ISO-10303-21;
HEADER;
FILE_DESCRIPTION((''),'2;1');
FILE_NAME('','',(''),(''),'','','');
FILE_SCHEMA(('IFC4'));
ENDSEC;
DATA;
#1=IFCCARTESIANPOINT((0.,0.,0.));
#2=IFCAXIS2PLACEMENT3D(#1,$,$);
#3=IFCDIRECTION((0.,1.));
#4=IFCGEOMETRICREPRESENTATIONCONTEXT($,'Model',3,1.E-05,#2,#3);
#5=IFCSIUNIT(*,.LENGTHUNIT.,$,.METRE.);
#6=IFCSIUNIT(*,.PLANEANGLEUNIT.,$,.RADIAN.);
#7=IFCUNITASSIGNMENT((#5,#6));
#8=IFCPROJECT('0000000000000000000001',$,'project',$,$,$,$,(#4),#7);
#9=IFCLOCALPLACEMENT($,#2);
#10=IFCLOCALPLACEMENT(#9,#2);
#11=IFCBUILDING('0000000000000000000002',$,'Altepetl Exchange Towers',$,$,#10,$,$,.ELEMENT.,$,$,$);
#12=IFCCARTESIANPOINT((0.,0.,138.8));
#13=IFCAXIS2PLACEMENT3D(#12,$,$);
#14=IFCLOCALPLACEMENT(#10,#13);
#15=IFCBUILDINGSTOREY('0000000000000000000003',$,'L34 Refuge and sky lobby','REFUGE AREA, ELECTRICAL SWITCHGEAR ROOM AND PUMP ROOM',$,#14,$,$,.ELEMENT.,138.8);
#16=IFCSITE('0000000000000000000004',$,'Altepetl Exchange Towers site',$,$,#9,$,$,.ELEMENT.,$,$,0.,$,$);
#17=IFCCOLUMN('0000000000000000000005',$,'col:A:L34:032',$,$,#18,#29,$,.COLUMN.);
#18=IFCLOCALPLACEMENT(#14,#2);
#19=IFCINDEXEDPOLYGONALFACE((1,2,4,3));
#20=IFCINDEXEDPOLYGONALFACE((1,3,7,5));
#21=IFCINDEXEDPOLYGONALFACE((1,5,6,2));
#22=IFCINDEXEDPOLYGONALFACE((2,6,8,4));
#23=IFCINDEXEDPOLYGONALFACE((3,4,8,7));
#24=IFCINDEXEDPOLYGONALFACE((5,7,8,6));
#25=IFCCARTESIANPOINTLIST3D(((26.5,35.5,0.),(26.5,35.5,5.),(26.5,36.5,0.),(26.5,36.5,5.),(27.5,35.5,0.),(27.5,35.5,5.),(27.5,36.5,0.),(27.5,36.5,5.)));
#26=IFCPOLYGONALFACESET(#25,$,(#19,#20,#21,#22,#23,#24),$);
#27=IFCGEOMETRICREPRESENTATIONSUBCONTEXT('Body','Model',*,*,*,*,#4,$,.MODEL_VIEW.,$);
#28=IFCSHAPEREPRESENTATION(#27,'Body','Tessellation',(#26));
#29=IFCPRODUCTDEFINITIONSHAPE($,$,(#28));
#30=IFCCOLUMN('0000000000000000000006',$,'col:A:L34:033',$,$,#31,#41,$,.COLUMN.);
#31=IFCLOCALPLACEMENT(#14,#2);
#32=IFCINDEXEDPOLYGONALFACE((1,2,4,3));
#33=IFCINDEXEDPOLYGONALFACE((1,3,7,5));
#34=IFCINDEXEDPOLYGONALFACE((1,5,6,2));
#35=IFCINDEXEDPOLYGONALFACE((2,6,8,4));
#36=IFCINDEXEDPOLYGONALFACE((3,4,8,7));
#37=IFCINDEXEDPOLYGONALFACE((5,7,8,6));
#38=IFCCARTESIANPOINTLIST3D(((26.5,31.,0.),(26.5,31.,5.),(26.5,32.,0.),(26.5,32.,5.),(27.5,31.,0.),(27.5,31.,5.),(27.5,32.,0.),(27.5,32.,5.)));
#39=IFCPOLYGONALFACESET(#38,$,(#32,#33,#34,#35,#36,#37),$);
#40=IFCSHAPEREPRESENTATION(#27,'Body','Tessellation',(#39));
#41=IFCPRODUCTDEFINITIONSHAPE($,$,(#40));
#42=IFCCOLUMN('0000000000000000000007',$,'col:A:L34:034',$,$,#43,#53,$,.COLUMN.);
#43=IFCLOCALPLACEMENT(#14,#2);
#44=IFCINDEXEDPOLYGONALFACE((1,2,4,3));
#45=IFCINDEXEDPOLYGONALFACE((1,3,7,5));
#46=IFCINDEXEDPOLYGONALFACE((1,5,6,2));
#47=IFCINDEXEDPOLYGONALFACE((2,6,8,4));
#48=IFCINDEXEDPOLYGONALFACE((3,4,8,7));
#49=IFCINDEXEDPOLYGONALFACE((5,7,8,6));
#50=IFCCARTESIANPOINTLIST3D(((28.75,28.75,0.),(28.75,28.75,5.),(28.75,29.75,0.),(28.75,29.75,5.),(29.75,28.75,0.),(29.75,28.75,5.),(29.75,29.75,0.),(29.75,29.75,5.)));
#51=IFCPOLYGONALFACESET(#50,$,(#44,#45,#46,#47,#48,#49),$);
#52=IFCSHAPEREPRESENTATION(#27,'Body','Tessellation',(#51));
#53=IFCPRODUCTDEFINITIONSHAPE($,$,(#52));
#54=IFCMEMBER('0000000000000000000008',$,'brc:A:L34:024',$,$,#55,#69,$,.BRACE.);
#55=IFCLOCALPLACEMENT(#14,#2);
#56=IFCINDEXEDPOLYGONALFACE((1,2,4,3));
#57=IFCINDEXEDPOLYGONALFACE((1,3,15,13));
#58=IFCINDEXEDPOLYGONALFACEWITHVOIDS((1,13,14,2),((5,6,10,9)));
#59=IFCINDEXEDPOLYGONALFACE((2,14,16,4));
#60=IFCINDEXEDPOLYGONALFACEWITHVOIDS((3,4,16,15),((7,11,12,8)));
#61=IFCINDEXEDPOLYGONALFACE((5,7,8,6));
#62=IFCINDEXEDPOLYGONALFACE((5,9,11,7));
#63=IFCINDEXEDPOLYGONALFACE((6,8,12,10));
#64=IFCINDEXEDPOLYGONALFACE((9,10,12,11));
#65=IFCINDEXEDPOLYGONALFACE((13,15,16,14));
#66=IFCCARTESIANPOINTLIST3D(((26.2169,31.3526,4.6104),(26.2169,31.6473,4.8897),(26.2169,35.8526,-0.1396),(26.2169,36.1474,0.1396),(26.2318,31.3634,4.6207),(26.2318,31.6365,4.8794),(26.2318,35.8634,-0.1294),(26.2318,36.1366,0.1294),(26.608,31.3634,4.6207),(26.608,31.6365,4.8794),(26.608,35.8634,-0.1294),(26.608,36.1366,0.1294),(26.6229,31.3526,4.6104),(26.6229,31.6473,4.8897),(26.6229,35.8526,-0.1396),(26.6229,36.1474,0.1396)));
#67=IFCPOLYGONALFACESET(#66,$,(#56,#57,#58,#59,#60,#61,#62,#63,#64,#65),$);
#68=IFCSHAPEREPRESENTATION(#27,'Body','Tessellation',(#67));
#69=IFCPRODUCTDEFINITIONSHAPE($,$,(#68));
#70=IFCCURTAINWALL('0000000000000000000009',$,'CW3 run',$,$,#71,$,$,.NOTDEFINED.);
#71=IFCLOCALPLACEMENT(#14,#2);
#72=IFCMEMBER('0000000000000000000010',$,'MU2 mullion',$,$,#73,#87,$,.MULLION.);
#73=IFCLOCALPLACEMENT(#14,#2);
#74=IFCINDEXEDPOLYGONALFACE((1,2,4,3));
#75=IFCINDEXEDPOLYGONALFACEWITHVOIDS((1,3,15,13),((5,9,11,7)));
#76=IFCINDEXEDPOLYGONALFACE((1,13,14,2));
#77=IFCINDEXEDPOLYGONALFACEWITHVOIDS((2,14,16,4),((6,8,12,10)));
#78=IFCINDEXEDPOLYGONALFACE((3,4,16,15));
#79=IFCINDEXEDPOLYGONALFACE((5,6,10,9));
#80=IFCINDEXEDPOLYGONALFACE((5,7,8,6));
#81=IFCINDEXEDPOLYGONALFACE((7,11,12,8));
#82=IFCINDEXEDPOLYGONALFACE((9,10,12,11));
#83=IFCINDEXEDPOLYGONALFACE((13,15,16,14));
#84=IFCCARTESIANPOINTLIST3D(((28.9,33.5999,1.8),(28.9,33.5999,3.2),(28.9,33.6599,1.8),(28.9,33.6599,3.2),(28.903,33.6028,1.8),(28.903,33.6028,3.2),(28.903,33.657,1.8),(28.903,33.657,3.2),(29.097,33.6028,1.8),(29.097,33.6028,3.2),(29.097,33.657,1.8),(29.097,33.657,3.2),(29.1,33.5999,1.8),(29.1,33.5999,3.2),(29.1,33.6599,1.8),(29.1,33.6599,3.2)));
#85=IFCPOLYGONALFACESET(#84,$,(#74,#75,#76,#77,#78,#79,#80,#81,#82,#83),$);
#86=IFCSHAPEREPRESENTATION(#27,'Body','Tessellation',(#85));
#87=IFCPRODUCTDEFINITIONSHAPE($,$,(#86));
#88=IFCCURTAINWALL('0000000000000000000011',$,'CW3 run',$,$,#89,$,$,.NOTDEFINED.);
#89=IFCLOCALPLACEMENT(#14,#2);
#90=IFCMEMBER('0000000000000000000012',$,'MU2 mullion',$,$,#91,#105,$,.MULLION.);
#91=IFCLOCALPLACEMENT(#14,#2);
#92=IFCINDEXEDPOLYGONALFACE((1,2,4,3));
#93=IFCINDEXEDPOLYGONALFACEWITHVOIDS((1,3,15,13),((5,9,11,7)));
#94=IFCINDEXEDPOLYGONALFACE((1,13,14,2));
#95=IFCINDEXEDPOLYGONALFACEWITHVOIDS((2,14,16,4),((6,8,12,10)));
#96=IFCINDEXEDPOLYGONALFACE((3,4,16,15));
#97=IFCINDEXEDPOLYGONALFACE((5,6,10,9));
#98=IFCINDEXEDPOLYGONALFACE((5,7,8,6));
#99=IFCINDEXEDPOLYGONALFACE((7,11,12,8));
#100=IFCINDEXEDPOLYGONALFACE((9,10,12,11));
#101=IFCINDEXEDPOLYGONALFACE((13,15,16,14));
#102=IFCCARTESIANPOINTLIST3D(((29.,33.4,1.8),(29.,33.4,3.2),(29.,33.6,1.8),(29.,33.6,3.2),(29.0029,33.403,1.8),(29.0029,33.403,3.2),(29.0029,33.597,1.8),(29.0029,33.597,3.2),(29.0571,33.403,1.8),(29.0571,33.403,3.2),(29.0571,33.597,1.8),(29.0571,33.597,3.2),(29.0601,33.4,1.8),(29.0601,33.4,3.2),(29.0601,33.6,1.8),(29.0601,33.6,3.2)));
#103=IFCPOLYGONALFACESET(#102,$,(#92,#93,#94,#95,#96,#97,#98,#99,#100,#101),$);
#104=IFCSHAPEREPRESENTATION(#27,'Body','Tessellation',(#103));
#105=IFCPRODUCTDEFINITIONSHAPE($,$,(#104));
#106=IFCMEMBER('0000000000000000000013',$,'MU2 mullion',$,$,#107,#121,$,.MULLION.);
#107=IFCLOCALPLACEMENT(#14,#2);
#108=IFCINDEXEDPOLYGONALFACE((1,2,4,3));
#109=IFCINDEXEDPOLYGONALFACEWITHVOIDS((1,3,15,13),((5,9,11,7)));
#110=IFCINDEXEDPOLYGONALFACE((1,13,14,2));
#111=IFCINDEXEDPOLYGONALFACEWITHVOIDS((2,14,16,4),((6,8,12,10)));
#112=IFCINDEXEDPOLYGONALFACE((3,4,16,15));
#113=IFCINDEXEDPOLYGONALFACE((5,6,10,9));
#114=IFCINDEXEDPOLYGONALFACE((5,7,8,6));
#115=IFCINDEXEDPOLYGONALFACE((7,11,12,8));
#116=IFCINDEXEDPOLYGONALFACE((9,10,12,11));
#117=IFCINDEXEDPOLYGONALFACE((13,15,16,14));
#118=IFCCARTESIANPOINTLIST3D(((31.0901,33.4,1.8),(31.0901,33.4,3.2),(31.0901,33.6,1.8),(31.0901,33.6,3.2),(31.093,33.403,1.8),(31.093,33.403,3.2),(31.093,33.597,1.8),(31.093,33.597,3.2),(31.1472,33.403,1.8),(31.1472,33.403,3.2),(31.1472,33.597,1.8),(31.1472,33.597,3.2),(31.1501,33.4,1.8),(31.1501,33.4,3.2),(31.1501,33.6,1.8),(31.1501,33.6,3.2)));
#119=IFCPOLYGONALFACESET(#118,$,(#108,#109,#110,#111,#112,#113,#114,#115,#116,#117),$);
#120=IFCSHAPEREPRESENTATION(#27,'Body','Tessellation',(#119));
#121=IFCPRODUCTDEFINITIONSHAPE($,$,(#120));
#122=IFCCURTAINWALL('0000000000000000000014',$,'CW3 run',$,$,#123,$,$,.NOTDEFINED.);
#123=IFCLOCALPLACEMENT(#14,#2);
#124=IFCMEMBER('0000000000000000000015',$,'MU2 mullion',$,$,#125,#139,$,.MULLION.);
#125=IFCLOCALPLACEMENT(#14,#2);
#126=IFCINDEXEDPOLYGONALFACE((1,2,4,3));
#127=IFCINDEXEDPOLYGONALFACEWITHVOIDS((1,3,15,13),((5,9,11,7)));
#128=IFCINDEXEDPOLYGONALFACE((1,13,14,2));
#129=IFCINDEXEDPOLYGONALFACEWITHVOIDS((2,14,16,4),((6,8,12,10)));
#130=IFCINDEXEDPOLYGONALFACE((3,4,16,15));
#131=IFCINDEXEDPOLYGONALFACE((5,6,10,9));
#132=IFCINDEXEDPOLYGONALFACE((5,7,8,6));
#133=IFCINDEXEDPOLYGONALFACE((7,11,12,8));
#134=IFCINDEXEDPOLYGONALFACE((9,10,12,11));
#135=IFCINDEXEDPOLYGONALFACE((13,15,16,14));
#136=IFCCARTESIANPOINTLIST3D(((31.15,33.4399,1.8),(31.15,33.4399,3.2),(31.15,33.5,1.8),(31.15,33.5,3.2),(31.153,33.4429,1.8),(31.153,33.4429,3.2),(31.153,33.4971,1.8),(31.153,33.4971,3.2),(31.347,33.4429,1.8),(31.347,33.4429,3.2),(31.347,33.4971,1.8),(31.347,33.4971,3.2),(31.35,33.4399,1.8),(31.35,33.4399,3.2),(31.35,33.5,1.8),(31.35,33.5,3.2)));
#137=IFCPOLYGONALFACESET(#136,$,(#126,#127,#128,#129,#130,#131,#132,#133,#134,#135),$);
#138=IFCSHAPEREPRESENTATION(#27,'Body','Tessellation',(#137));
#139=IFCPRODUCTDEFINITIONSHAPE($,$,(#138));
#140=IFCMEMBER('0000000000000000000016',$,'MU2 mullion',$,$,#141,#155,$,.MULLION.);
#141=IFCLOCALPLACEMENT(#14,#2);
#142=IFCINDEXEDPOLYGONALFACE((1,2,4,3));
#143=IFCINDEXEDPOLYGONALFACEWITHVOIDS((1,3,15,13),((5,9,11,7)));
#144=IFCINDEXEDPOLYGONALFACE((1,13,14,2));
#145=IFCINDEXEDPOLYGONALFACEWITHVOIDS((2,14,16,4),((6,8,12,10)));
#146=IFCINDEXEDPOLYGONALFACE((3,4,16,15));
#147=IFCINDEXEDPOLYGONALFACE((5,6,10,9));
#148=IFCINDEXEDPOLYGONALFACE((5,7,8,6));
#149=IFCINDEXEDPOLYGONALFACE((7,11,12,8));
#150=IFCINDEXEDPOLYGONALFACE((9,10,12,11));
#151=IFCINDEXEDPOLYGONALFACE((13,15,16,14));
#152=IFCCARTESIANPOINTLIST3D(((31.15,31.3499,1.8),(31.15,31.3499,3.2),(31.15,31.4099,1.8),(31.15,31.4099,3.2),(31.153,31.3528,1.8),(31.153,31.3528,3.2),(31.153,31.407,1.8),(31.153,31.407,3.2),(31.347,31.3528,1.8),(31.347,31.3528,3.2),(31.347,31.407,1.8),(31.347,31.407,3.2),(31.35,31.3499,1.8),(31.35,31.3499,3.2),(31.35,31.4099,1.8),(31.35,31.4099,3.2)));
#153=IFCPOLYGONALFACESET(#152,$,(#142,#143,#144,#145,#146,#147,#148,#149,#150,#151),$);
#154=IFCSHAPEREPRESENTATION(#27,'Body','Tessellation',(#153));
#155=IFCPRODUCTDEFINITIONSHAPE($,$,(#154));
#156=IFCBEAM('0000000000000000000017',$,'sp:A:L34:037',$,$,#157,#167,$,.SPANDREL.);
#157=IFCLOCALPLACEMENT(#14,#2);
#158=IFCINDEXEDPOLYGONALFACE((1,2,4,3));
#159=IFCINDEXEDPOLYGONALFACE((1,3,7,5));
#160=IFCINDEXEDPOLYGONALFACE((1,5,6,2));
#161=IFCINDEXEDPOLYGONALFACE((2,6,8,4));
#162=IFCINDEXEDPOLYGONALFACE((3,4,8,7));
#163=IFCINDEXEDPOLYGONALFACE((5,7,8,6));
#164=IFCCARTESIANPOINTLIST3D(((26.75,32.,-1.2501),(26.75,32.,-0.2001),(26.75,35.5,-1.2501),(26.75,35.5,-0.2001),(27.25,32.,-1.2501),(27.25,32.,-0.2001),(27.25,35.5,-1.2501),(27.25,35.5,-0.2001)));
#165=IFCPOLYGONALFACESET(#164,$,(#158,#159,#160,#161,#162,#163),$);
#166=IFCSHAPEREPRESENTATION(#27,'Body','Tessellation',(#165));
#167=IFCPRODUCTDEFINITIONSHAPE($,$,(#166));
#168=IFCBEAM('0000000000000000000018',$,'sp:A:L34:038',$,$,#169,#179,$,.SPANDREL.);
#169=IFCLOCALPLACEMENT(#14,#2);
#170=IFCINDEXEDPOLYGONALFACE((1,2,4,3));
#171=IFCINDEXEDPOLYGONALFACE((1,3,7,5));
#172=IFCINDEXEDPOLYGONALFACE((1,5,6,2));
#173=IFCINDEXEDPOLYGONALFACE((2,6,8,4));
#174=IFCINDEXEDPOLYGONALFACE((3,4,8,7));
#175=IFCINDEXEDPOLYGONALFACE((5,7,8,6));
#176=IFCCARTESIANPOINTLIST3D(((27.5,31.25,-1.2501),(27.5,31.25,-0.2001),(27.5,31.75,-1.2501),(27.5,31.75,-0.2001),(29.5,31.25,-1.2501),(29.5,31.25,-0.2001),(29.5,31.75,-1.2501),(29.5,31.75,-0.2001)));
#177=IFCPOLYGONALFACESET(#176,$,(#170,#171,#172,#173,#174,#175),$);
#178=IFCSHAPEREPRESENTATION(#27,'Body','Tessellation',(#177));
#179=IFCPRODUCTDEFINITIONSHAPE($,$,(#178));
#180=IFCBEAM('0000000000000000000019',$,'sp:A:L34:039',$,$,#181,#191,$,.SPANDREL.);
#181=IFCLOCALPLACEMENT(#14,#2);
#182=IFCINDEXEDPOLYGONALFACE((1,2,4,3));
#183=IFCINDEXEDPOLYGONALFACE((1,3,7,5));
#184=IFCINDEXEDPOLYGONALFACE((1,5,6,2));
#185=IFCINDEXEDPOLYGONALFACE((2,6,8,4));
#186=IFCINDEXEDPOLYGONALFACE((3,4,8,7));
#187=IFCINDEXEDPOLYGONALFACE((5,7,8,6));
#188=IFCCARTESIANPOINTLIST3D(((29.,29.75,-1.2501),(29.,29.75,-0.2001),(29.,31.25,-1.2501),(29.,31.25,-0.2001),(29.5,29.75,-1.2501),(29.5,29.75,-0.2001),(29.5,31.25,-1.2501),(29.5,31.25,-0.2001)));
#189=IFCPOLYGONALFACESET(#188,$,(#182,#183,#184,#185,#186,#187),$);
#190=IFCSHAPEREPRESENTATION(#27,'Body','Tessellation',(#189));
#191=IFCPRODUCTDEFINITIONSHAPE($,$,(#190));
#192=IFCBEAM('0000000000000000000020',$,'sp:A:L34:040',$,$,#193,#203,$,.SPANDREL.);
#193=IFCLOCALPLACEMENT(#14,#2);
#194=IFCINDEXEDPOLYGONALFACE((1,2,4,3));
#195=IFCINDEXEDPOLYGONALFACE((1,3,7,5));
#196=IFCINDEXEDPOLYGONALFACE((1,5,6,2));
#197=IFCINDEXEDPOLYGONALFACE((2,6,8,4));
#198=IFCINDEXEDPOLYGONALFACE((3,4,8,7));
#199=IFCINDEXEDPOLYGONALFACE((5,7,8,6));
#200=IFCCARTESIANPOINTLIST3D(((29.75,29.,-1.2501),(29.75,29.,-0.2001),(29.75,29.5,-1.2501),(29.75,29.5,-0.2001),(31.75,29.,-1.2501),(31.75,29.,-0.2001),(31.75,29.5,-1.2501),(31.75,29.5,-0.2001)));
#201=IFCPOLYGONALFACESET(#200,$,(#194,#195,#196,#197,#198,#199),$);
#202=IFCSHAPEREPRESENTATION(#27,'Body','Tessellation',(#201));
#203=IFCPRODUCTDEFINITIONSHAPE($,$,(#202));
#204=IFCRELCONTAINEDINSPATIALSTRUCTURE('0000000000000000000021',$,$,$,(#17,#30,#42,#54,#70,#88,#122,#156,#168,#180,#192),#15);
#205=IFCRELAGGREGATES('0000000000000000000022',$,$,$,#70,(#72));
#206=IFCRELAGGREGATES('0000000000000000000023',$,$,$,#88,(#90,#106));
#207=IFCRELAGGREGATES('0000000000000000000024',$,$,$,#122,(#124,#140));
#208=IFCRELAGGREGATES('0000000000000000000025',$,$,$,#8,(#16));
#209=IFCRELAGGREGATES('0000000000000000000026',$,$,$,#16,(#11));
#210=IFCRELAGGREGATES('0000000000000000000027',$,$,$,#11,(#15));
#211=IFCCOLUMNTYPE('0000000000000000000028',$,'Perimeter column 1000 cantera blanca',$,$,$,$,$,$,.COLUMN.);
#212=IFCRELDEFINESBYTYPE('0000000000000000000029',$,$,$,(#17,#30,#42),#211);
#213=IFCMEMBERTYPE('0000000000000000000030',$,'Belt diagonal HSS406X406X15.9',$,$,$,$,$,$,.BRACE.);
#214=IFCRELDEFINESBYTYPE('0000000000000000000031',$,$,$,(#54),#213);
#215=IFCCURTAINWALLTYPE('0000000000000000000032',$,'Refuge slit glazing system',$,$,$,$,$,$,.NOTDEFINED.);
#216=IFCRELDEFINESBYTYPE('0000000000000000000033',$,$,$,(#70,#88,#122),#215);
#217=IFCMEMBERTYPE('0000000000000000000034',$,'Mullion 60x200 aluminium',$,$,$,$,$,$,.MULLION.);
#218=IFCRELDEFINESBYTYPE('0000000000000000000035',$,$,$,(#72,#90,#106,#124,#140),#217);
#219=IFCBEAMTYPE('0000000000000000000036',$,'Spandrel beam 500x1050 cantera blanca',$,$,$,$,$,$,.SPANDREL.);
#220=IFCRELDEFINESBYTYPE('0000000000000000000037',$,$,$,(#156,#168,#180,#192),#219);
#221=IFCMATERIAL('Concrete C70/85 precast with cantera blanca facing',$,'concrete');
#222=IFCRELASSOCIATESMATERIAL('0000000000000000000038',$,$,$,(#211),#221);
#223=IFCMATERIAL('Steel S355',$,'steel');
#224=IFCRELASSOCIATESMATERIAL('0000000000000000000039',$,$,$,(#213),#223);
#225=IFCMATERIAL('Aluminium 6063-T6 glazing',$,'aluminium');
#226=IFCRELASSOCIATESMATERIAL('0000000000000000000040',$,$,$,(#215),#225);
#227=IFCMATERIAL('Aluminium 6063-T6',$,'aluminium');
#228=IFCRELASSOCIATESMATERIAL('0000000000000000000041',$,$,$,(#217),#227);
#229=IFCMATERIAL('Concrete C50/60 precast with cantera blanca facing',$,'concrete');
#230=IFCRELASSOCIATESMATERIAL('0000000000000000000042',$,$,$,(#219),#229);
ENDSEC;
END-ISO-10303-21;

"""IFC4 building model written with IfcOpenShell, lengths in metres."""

from ifc_helpers import new_model, si_unit, direction, frame, origin, origin_2d, place, context, subcontext, project, spatial, rectangle, hollow_rectangle, extrude, material, material_profile, profile_set, type_object, element, aggregate, save


model = new_model("IFC4")

# Units and contexts
model_context = context("Model", 3, precision=1e-05, world=origin(), true_north=direction((0.0, 1.0)))
body_context = subcontext(model_context, "Body", "Model", "MODEL_VIEW")
ifc_project = project(units=[si_unit("LENGTHUNIT", "METRE"), si_unit("PLANEANGLEUNIT", "RADIAN")], contexts=[model_context])

# Site, building, storey
site_placement = place(None, origin())
site = spatial("IfcSite", under=ifc_project, at=site_placement, Name="Altepetl Exchange Towers site", CompositionType="ELEMENT", RefElevation=0.0)
building_placement = place(site_placement, origin())
building = spatial("IfcBuilding", under=site, at=building_placement, Name="Altepetl Exchange Towers", CompositionType="ELEMENT")
storey_placement = place(building_placement, frame((0.0, 0.0, 138.8)))
storey = spatial("IfcBuildingStorey", under=building, at=storey_placement, Name="L34 Refuge and sky lobby", Description="REFUGE AREA, ELECTRICAL SWITCHGEAR ROOM AND PUMP ROOM", CompositionType="ELEMENT", Elevation=138.8)

# Columns
ifc_material_1 = material(Name="Concrete C70/85 precast with cantera blanca facing", Category="concrete")
ifc_material_profile_1 = material_profile(ifc_material_1, rectangle(XDim=1.0, YDim=1.0, at=origin_2d()), Name="1000 x 1000")
ifc_profile_set_1 = profile_set([ifc_material_profile_1], Name="Concrete C70/85 precast with cantera blanca facing")
column_type = type_object("IfcColumnType", Name="Perimeter column 1000 cantera blanca", PredefinedType="COLUMN", material=ifc_profile_set_1)
for number, where, name in (
    (1, (27.0, 36.0, 0.0), "col:A:L34:032"),
    (2, (27.0, 31.5, 0.0), "col:A:L34:033"),
    (3, (29.25, 29.25, 0.0), "col:A:L34:034"),
):
    element("IfcColumn", number, at=place(storey_placement, frame(where)), inside=storey, type_object=column_type, Name=name, PredefinedType="COLUMN", context=body_context, shape_type="SweptSolid", body=[
        extrude(rectangle(XDim=1.0, YDim=1.0, at=origin_2d()), origin(), (0.0, 0.0, 1.0), 5.0),
    ])

# Member
ifc_material_2 = material(Name="Steel S355", Category="steel")
ifc_material_profile_2 = material_profile(ifc_material_2, hollow_rectangle(XDim=0.406, YDim=0.406, WallThickness=0.0149, at=origin_2d()), Name="HSS406X406X15.9")
ifc_profile_set_2 = profile_set([ifc_material_profile_2], Name="Steel S355")
member_type_1 = type_object("IfcMemberType", Name="Belt diagonal HSS406X406X15.9", PredefinedType="BRACE", material=ifc_profile_set_2)
member_1_placement = place(storey_placement, frame((26.4199, 36.0, 0.0), z_axis=(0.0, -0.687745, 0.725953), x_axis=(1.0, 0.0, 0.0)))
element("IfcMember", 4, at=member_1_placement, inside=storey, type_object=member_type_1, Name="brc:A:L34:024", PredefinedType="BRACE", context=body_context, shape_type="SweptSolid", body=[
    extrude(hollow_rectangle(XDim=0.406, YDim=0.406, WallThickness=0.0149, at=origin_2d()), origin(), (0.0, 0.0, 1.0), 6.5432),
])

# Curtain wall, member
ifc_material_3 = material(Name="Aluminium 6063-T6 glazing", Category="aluminium")
curtain_wall_type = type_object("IfcCurtainWallType", Name="Refuge slit glazing system", PredefinedType="NOTDEFINED", material=ifc_material_3)
curtain_wall_1_placement = place(storey_placement, origin())
curtain_wall_1 = element("IfcCurtainWall", 5, at=curtain_wall_1_placement, inside=storey, type_object=curtain_wall_type, Name="CW3 run", PredefinedType="NOTDEFINED")
ifc_material_4 = material(Name="Aluminium 6063-T6", Category="aluminium")
ifc_material_profile_3 = material_profile(ifc_material_4, hollow_rectangle(XDim=0.0601, YDim=0.2, WallThickness=0.0029, at=origin_2d()), Name="Mullion 60x200 aluminium")
ifc_profile_set_3 = profile_set([ifc_material_profile_3], Name="Aluminium 6063-T6")
member_type_2 = type_object("IfcMemberType", Name="Mullion 60x200 aluminium", PredefinedType="MULLION", material=ifc_profile_set_3)
member_2_placement = place(storey_placement, frame((29.0, 33.6299, 1.8), z_axis=(0.0, 0.0, 1.0), x_axis=(0.0, -1.0, 0.0)))
member_2 = element("IfcMember", 6, at=member_2_placement, type_object=member_type_2, Name="MU2 mullion", PredefinedType="MULLION", context=body_context, shape_type="SweptSolid", body=[
    extrude(hollow_rectangle(XDim=0.0601, YDim=0.2, WallThickness=0.0029, at=origin_2d()), origin(), (0.0, 0.0, 1.0), 1.3999),
])

# Curtain walls, members
curtain_wall_2_placement = place(storey_placement, origin())
curtain_wall_2 = element("IfcCurtainWall", 7, at=curtain_wall_2_placement, inside=storey, type_object=curtain_wall_type, Name="CW3 run", PredefinedType="NOTDEFINED")
member_3_placement = place(storey_placement, frame((29.03, 33.5, 1.8)))
member_3 = element("IfcMember", 8, at=member_3_placement, type_object=member_type_2, Name="MU2 mullion", PredefinedType="MULLION", context=body_context, shape_type="SweptSolid", body=[
    extrude(hollow_rectangle(XDim=0.0601, YDim=0.2, WallThickness=0.0029, at=origin_2d()), origin(), (0.0, 0.0, 1.0), 1.3999),
])
member_4_placement = place(storey_placement, frame((31.1201, 33.5, 1.8)))
member_4 = element("IfcMember", 9, at=member_4_placement, type_object=member_type_2, Name="MU2 mullion", PredefinedType="MULLION", context=body_context, shape_type="SweptSolid", body=[
    extrude(hollow_rectangle(XDim=0.0601, YDim=0.2, WallThickness=0.0029, at=origin_2d()), origin(), (0.0, 0.0, 1.0), 1.3999),
])
curtain_wall_3_placement = place(storey_placement, origin())
curtain_wall_3 = element("IfcCurtainWall", 10, at=curtain_wall_3_placement, inside=storey, type_object=curtain_wall_type, Name="CW3 run", PredefinedType="NOTDEFINED")
member_5_placement = place(storey_placement, frame((31.25, 33.47, 1.8), z_axis=(0.0, 0.0, 1.0), x_axis=(0.0, -1.0, 0.0)))
member_5 = element("IfcMember", 11, at=member_5_placement, type_object=member_type_2, Name="MU2 mullion", PredefinedType="MULLION", context=body_context, shape_type="SweptSolid", body=[
    extrude(hollow_rectangle(XDim=0.0601, YDim=0.2, WallThickness=0.0029, at=origin_2d()), origin(), (0.0, 0.0, 1.0), 1.3999),
])
member_6_placement = place(storey_placement, frame((31.25, 31.3799, 1.8), z_axis=(0.0, 0.0, 1.0), x_axis=(0.0, -1.0, 0.0)))
member_6 = element("IfcMember", 12, at=member_6_placement, type_object=member_type_2, Name="MU2 mullion", PredefinedType="MULLION", context=body_context, shape_type="SweptSolid", body=[
    extrude(hollow_rectangle(XDim=0.0601, YDim=0.2, WallThickness=0.0029, at=origin_2d()), origin(), (0.0, 0.0, 1.0), 1.3999),
])

# Beams
ifc_material_5 = material(Name="Concrete C50/60 precast with cantera blanca facing", Category="concrete")
ifc_material_profile_4 = material_profile(ifc_material_5, rectangle(XDim=0.5, YDim=1.05, at=origin_2d()), Name="500 x 1050")
ifc_profile_set_4 = profile_set([ifc_material_profile_4], Name="Concrete C50/60 precast with cantera blanca facing")
beam_type = type_object("IfcBeamType", Name="Spandrel beam 500x1050 cantera blanca", PredefinedType="SPANDREL", material=ifc_profile_set_4)
beam_1_placement = place(storey_placement, frame((27.0, 35.5, -0.7251), z_axis=(0.0, -1.0, 0.0), x_axis=(1.0, 0.0, 0.0)))
element("IfcBeam", 13, at=beam_1_placement, inside=storey, type_object=beam_type, Name="sp:A:L34:037", PredefinedType="SPANDREL", context=body_context, shape_type="SweptSolid", body=[
    extrude(rectangle(XDim=0.5, YDim=1.05, at=origin_2d()), origin(), (0.0, 0.0, 1.0), 3.5),
])
beam_2_placement = place(storey_placement, frame((27.5, 31.5, -0.7251), z_axis=(1.0, 0.0, 0.0), x_axis=(0.0, 1.0, 0.0)))
element("IfcBeam", 14, at=beam_2_placement, inside=storey, type_object=beam_type, Name="sp:A:L34:038", PredefinedType="SPANDREL", context=body_context, shape_type="SweptSolid", body=[
    extrude(rectangle(XDim=0.5, YDim=1.05, at=origin_2d()), origin(), (0.0, 0.0, 1.0), 2.0),
])
beam_3_placement = place(storey_placement, frame((29.25, 31.25, -0.7251), z_axis=(0.0, -1.0, 0.0), x_axis=(1.0, 0.0, 0.0)))
element("IfcBeam", 15, at=beam_3_placement, inside=storey, type_object=beam_type, Name="sp:A:L34:039", PredefinedType="SPANDREL", context=body_context, shape_type="SweptSolid", body=[
    extrude(rectangle(XDim=0.5, YDim=1.05, at=origin_2d()), origin(), (0.0, 0.0, 1.0), 1.5),
])
beam_4_placement = place(storey_placement, frame((29.75, 29.25, -0.7251), z_axis=(1.0, 0.0, 0.0), x_axis=(0.0, 1.0, 0.0)))
element("IfcBeam", 16, at=beam_4_placement, inside=storey, type_object=beam_type, Name="sp:A:L34:040", PredefinedType="SPANDREL", context=body_context, shape_type="SweptSolid", body=[
    extrude(rectangle(XDim=0.5, YDim=1.05, at=origin_2d()), origin(), (0.0, 0.0, 1.0), 2.0),
])

aggregate(curtain_wall_1, [member_2])
aggregate(curtain_wall_2, [member_3, member_4])
aggregate(curtain_wall_3, [member_5, member_6])

save(model, "model.ifc")
